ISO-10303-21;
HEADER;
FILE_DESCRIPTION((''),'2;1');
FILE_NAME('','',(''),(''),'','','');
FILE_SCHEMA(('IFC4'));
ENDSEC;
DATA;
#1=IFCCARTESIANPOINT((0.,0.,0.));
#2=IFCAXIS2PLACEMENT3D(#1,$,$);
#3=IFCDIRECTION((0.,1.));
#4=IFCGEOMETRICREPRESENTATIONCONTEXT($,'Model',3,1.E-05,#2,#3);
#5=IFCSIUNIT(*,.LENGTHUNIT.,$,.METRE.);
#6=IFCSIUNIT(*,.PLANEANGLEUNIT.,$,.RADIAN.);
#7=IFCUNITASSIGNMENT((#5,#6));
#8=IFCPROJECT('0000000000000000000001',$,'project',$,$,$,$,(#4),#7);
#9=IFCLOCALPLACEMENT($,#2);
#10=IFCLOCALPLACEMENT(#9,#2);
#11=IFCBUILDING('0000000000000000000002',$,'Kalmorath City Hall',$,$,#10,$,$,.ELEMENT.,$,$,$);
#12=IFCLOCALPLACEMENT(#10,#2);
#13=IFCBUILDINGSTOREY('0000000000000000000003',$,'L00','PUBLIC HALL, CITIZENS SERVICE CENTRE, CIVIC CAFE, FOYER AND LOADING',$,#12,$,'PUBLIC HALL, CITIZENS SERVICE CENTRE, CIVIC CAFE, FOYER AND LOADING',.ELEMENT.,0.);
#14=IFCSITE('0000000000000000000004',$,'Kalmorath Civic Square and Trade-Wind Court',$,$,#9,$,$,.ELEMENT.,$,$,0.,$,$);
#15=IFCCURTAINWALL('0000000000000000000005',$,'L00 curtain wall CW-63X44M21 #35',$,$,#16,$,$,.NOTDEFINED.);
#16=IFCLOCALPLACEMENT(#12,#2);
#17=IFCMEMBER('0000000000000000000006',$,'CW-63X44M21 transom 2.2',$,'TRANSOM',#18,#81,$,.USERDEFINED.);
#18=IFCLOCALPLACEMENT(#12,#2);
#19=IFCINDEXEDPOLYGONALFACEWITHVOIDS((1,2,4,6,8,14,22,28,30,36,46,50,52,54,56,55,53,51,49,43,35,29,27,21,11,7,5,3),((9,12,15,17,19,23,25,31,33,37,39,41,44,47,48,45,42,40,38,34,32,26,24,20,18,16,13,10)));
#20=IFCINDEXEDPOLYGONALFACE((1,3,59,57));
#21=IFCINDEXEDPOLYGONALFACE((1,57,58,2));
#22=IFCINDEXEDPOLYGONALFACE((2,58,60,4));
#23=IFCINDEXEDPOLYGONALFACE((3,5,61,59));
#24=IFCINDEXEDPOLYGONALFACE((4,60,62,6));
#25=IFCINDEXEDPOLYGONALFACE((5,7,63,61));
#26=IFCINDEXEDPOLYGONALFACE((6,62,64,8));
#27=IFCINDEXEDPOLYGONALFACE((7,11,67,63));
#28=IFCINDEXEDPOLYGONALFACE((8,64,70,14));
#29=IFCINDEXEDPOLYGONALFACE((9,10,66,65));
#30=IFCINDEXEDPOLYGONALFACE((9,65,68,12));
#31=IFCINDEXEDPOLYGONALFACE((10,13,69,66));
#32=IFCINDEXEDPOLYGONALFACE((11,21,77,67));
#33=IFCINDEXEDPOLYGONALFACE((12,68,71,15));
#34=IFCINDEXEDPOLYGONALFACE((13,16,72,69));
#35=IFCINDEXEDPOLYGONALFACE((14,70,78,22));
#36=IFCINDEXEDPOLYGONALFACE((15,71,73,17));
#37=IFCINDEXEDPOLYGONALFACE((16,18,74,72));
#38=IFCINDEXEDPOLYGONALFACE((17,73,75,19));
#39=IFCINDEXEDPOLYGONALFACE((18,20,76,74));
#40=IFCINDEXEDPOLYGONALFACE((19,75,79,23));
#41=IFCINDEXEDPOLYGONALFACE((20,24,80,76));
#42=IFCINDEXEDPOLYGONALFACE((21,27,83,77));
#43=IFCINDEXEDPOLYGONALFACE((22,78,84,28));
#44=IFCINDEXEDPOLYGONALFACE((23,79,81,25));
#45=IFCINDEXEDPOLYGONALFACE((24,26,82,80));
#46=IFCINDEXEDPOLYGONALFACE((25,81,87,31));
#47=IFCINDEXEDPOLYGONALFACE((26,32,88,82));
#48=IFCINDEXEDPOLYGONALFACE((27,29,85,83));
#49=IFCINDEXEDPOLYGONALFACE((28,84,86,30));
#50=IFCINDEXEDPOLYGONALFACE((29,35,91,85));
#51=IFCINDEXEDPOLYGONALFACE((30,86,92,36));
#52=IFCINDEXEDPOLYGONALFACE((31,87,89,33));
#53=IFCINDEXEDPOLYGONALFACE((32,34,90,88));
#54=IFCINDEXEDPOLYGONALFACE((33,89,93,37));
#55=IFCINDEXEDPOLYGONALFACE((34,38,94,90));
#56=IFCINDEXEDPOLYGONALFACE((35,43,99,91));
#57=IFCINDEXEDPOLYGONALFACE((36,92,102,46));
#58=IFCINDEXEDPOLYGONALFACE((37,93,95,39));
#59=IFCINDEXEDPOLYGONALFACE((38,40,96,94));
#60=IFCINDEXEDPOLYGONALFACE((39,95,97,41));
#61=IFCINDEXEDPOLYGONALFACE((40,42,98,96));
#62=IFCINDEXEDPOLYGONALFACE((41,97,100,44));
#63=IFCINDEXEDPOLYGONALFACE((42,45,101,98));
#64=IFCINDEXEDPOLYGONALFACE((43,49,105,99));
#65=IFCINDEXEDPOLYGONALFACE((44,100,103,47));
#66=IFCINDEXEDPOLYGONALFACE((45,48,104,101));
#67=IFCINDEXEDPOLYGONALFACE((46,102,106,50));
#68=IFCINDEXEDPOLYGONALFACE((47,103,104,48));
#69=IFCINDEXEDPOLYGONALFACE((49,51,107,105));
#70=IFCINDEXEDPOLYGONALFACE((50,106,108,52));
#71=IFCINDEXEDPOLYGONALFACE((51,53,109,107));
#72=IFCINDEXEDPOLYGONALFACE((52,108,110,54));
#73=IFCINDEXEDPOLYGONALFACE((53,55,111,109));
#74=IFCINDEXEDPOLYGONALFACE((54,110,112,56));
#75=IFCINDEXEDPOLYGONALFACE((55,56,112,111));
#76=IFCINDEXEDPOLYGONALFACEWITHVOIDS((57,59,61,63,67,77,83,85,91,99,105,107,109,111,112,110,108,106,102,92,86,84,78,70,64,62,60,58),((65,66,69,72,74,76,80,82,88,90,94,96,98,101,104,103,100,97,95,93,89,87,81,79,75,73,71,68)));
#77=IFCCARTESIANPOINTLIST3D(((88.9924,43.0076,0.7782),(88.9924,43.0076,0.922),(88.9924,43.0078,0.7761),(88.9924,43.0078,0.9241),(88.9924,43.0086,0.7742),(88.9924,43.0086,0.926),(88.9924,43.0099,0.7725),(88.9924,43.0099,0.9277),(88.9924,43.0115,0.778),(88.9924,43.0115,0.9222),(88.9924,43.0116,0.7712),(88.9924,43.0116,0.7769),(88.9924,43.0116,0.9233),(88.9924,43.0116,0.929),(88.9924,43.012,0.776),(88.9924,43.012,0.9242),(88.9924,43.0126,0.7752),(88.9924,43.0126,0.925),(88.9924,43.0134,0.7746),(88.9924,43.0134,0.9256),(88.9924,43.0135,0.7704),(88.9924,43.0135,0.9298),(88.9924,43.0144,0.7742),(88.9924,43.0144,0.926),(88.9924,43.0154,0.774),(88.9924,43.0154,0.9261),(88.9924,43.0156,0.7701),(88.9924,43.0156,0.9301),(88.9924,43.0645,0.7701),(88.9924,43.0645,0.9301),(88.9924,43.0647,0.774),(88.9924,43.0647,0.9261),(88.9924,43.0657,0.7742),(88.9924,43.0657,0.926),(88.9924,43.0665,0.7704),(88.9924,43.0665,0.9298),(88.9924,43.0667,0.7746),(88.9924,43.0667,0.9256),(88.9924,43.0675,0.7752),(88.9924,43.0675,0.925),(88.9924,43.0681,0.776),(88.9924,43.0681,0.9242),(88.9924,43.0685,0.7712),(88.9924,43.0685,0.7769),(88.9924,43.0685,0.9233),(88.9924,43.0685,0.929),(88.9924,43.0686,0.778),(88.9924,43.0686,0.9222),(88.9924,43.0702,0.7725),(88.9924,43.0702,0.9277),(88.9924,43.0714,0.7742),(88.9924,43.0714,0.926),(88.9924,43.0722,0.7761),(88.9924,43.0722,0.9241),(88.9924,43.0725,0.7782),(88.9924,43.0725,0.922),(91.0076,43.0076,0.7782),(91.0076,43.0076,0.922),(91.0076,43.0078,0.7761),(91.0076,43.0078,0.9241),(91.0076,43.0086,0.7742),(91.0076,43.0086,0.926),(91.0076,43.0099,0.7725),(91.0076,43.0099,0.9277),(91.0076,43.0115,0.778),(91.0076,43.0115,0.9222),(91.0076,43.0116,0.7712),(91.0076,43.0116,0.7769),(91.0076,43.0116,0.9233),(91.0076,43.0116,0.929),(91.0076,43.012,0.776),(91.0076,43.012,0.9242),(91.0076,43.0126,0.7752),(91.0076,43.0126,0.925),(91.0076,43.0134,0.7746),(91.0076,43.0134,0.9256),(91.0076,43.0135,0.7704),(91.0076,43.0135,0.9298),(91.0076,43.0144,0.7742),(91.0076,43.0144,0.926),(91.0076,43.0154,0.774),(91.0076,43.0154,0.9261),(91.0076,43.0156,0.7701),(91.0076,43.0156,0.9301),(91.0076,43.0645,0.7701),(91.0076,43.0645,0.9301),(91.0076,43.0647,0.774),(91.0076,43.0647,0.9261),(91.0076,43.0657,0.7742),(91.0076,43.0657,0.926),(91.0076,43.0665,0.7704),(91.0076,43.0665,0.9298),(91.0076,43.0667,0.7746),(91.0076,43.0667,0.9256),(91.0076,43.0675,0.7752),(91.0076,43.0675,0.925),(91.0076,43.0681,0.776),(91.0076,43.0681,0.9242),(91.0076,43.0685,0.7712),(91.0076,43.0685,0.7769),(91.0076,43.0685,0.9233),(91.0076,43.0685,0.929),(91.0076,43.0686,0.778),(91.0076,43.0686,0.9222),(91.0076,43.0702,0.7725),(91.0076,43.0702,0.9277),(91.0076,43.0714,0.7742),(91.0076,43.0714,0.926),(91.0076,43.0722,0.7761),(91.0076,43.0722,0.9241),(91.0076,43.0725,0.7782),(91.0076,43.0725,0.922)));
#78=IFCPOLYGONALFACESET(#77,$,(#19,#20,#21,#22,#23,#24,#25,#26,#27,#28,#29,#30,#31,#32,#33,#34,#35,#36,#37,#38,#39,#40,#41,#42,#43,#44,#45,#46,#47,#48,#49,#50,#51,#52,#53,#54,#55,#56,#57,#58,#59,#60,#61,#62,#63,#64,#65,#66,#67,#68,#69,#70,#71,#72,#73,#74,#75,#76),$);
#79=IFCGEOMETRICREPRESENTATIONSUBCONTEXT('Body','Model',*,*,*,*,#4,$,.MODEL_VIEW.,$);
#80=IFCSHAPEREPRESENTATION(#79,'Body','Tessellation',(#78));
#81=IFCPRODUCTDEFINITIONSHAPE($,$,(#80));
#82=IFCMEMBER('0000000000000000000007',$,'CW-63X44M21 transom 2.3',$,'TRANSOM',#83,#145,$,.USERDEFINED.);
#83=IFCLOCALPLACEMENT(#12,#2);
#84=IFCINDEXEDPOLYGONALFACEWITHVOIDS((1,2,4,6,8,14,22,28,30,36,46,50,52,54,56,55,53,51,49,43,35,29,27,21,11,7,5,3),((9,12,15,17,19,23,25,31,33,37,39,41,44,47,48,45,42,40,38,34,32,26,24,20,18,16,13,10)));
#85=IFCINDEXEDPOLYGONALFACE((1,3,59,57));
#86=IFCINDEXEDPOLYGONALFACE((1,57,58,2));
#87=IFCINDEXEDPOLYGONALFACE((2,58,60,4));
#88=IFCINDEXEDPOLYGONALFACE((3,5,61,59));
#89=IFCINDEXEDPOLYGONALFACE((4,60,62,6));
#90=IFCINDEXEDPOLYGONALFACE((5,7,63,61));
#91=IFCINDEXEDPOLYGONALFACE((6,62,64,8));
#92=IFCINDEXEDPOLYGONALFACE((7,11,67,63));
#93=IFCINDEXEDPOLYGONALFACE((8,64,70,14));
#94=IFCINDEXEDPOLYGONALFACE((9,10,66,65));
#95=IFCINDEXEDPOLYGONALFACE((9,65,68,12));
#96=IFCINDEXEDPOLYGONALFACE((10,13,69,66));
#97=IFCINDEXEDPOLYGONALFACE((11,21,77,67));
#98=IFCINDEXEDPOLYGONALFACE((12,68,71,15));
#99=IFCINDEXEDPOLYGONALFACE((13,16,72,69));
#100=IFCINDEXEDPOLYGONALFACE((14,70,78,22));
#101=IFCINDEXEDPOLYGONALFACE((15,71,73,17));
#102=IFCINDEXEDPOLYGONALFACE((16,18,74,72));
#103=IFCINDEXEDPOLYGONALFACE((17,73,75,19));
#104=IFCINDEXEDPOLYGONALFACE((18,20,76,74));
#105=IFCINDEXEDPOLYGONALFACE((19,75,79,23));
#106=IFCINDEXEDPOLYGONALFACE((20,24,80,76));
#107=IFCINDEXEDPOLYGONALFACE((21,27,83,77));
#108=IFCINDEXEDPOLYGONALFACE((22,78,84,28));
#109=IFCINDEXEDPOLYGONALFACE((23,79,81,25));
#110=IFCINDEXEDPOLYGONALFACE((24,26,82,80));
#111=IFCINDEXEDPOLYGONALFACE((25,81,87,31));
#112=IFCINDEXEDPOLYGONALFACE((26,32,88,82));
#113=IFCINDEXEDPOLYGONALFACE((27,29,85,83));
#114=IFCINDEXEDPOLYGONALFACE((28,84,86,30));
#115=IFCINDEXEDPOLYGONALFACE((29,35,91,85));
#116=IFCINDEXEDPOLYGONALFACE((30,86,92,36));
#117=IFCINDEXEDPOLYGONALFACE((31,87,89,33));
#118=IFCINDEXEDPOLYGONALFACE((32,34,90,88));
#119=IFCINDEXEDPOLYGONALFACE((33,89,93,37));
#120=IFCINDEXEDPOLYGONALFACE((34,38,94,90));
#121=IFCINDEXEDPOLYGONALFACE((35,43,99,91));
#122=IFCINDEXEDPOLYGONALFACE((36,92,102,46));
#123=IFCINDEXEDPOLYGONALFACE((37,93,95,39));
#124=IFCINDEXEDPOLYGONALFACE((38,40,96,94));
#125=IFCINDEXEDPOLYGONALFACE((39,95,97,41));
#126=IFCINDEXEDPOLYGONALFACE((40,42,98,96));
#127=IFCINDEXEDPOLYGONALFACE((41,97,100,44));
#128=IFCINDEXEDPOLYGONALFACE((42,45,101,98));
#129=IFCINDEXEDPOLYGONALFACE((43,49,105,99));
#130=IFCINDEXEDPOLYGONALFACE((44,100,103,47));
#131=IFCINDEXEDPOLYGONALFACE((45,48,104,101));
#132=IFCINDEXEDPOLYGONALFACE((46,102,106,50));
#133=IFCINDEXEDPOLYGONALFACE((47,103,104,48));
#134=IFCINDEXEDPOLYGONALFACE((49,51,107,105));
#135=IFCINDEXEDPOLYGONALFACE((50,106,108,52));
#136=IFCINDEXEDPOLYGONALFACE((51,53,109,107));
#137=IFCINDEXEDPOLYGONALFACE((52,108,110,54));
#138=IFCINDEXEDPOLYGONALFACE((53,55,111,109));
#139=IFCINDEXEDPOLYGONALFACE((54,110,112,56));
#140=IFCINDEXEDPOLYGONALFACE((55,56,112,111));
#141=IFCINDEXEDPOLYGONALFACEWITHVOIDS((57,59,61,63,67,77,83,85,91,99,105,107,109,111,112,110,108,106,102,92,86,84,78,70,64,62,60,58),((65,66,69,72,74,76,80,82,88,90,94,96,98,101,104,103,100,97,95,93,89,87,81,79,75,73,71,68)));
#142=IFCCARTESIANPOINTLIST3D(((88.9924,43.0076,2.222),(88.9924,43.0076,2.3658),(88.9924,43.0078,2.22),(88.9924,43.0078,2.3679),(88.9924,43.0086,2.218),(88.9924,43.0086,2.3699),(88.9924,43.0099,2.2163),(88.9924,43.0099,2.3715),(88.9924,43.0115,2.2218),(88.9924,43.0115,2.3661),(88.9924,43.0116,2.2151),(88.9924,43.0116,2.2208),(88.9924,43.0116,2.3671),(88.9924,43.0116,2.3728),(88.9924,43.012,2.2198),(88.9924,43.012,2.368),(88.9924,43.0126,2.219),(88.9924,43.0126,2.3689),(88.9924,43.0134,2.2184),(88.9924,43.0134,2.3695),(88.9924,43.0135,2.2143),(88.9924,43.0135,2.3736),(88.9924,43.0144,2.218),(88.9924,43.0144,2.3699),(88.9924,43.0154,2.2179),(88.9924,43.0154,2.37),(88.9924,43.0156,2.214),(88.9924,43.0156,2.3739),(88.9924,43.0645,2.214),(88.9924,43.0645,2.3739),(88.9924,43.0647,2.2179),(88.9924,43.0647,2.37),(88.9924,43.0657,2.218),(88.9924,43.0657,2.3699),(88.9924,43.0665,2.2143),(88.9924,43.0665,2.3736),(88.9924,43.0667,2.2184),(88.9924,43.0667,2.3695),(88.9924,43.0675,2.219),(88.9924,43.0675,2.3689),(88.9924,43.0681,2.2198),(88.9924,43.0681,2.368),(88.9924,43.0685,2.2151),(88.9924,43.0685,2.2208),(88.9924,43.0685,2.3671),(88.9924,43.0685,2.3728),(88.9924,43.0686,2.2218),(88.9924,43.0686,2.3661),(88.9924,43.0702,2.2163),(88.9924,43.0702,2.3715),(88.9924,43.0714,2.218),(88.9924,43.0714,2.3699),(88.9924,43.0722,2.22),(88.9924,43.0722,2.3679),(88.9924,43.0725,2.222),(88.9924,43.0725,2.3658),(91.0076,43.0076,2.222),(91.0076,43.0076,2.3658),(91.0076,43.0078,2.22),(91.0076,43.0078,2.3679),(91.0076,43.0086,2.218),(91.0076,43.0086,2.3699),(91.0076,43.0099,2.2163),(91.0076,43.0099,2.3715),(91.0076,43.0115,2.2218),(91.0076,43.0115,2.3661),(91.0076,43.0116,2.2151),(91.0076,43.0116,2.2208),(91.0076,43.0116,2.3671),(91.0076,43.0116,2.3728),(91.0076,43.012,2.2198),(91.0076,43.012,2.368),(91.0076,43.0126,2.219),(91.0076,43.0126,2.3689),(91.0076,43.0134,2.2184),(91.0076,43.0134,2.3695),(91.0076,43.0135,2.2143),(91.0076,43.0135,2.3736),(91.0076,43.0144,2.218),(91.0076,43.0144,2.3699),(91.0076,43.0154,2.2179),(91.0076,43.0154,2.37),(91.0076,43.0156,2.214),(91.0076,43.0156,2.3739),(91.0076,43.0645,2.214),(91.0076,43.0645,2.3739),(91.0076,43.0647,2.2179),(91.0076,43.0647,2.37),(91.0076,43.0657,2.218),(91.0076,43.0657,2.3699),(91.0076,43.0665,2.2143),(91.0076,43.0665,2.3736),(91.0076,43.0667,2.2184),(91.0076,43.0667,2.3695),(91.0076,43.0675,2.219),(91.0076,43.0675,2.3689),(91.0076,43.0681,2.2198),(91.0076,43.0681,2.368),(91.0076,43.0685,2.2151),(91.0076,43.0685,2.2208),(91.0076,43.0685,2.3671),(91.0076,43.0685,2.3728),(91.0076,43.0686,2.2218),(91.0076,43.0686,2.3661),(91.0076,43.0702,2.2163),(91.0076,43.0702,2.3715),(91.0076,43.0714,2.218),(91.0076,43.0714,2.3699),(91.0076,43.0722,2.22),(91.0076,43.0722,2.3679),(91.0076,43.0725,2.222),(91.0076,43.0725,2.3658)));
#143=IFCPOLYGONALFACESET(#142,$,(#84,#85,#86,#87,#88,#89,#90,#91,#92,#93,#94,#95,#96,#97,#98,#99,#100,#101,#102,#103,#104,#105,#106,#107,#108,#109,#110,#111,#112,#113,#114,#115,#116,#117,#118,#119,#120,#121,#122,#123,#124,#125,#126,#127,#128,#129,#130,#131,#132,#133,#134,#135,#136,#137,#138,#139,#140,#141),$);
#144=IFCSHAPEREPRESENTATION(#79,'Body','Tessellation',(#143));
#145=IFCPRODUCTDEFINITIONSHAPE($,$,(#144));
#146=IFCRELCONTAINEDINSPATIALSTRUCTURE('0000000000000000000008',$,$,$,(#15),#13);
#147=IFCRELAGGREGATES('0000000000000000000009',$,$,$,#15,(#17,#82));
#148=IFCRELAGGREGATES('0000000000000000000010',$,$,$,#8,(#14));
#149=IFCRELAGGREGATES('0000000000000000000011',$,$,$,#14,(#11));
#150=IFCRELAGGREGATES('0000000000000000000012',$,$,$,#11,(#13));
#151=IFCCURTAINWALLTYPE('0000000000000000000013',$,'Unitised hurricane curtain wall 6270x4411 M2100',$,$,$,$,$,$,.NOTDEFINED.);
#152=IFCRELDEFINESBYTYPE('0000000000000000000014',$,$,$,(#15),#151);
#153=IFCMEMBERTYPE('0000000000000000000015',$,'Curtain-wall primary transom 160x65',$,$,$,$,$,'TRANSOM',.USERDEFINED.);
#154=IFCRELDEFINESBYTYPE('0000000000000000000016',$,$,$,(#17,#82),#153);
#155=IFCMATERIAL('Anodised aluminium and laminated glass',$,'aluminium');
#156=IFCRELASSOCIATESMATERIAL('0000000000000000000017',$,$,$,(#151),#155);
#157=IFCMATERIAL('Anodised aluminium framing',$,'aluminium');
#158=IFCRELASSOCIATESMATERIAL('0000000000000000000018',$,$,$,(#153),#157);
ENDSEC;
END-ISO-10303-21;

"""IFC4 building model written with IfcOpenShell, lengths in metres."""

from ifc_helpers import new_model, si_unit, direction, frame, origin, origin_2d, place, context, subcontext, project, spatial, hollow_rectangle, extrude, material, material_profile, profile_set, type_object, element, aggregate, save


model = new_model("IFC4")

# Units and contexts
model_context = context("Model", 3, precision=1e-05, world=origin(), true_north=direction((0.0, 1.0)))
body_context = subcontext(model_context, "Body", "Model", "MODEL_VIEW")
ifc_project = project(units=[si_unit("LENGTHUNIT", "METRE"), si_unit("PLANEANGLEUNIT", "RADIAN")], contexts=[model_context])

# Site, building, storey
site_placement = place(None, origin())
site = spatial("IfcSite", under=ifc_project, at=site_placement, Name="Kalmorath Civic Square and Trade-Wind Court", CompositionType="ELEMENT", RefElevation=0.0)
building_placement = place(site_placement, origin())
building = spatial("IfcBuilding", under=site, at=building_placement, Name="Kalmorath City Hall", CompositionType="ELEMENT")
storey_placement = place(building_placement, origin())
storey = spatial("IfcBuildingStorey", under=building, at=storey_placement, Name="L00", Description="PUBLIC HALL, CITIZENS SERVICE CENTRE, CIVIC CAFE, FOYER AND LOADING", LongName="PUBLIC HALL, CITIZENS SERVICE CENTRE, CIVIC CAFE, FOYER AND LOADING", CompositionType="ELEMENT", Elevation=0.0)

# Curtain wall
ifc_material_1 = material(Name="Anodised aluminium and laminated glass", Category="aluminium")
curtain_wall_type_1 = type_object("IfcCurtainWallType", Name="Unitised hurricane curtain wall 6270x4411 M2100", PredefinedType="NOTDEFINED", material=ifc_material_1)
curtain_wall_1_placement = place(storey_placement, origin())
curtain_wall_1 = element("IfcCurtainWall", 1, at=curtain_wall_1_placement, inside=storey, type_object=curtain_wall_type_1, Name="L00 curtain wall CW-63X44M21 #35", PredefinedType="NOTDEFINED")

# Members
ifc_material_2 = material(Name="Anodised aluminium framing", Category="aluminium")
ifc_material_profile_1 = material_profile(ifc_material_2, hollow_rectangle(XDim=0.0649, YDim=0.1599, WallThickness=0.0039, InnerFilletRadius=0.0039, OuterFilletRadius=0.0081, at=origin_2d()), Name="ALU-TRN-160X65X4")
ifc_profile_set_1 = profile_set([ifc_material_profile_1], Name="Anodised aluminium framing")
member_type_1 = type_object("IfcMemberType", Name="Curtain-wall primary transom 160x65", ElementType="TRANSOM", PredefinedType="USERDEFINED", material=ifc_profile_set_1)
member_1_placement = place(storey_placement, frame((88.9924, 43.04, 0.8501), z_axis=(1.0, 0.0, 0.0), x_axis=(0.0, 1.0, 0.0)))
member_1 = element("IfcMember", 2, at=member_1_placement, type_object=member_type_1, Name="CW-63X44M21 transom 2.2", ObjectType="TRANSOM", PredefinedType="USERDEFINED", context=body_context, shape_type="SweptSolid", body=[
    extrude(hollow_rectangle(XDim=0.0649, YDim=0.1599, WallThickness=0.0039, InnerFilletRadius=0.0039, OuterFilletRadius=0.0081, at=origin_2d()), origin(), (0.0, 0.0, 1.0), 2.0151),
])
member_2_placement = place(storey_placement, frame((88.9924, 43.04, 2.2939), z_axis=(1.0, 0.0, 0.0), x_axis=(0.0, 1.0, 0.0)))
member_2 = element("IfcMember", 3, at=member_2_placement, type_object=member_type_1, Name="CW-63X44M21 transom 2.3", ObjectType="TRANSOM", PredefinedType="USERDEFINED", context=body_context, shape_type="SweptSolid", body=[
    extrude(hollow_rectangle(XDim=0.0649, YDim=0.1599, WallThickness=0.0039, InnerFilletRadius=0.0039, OuterFilletRadius=0.0081, at=origin_2d()), origin(), (0.0, 0.0, 1.0), 2.0151),
])

aggregate(curtain_wall_1, [member_1, member_2])

save(model, "model.ifc")
